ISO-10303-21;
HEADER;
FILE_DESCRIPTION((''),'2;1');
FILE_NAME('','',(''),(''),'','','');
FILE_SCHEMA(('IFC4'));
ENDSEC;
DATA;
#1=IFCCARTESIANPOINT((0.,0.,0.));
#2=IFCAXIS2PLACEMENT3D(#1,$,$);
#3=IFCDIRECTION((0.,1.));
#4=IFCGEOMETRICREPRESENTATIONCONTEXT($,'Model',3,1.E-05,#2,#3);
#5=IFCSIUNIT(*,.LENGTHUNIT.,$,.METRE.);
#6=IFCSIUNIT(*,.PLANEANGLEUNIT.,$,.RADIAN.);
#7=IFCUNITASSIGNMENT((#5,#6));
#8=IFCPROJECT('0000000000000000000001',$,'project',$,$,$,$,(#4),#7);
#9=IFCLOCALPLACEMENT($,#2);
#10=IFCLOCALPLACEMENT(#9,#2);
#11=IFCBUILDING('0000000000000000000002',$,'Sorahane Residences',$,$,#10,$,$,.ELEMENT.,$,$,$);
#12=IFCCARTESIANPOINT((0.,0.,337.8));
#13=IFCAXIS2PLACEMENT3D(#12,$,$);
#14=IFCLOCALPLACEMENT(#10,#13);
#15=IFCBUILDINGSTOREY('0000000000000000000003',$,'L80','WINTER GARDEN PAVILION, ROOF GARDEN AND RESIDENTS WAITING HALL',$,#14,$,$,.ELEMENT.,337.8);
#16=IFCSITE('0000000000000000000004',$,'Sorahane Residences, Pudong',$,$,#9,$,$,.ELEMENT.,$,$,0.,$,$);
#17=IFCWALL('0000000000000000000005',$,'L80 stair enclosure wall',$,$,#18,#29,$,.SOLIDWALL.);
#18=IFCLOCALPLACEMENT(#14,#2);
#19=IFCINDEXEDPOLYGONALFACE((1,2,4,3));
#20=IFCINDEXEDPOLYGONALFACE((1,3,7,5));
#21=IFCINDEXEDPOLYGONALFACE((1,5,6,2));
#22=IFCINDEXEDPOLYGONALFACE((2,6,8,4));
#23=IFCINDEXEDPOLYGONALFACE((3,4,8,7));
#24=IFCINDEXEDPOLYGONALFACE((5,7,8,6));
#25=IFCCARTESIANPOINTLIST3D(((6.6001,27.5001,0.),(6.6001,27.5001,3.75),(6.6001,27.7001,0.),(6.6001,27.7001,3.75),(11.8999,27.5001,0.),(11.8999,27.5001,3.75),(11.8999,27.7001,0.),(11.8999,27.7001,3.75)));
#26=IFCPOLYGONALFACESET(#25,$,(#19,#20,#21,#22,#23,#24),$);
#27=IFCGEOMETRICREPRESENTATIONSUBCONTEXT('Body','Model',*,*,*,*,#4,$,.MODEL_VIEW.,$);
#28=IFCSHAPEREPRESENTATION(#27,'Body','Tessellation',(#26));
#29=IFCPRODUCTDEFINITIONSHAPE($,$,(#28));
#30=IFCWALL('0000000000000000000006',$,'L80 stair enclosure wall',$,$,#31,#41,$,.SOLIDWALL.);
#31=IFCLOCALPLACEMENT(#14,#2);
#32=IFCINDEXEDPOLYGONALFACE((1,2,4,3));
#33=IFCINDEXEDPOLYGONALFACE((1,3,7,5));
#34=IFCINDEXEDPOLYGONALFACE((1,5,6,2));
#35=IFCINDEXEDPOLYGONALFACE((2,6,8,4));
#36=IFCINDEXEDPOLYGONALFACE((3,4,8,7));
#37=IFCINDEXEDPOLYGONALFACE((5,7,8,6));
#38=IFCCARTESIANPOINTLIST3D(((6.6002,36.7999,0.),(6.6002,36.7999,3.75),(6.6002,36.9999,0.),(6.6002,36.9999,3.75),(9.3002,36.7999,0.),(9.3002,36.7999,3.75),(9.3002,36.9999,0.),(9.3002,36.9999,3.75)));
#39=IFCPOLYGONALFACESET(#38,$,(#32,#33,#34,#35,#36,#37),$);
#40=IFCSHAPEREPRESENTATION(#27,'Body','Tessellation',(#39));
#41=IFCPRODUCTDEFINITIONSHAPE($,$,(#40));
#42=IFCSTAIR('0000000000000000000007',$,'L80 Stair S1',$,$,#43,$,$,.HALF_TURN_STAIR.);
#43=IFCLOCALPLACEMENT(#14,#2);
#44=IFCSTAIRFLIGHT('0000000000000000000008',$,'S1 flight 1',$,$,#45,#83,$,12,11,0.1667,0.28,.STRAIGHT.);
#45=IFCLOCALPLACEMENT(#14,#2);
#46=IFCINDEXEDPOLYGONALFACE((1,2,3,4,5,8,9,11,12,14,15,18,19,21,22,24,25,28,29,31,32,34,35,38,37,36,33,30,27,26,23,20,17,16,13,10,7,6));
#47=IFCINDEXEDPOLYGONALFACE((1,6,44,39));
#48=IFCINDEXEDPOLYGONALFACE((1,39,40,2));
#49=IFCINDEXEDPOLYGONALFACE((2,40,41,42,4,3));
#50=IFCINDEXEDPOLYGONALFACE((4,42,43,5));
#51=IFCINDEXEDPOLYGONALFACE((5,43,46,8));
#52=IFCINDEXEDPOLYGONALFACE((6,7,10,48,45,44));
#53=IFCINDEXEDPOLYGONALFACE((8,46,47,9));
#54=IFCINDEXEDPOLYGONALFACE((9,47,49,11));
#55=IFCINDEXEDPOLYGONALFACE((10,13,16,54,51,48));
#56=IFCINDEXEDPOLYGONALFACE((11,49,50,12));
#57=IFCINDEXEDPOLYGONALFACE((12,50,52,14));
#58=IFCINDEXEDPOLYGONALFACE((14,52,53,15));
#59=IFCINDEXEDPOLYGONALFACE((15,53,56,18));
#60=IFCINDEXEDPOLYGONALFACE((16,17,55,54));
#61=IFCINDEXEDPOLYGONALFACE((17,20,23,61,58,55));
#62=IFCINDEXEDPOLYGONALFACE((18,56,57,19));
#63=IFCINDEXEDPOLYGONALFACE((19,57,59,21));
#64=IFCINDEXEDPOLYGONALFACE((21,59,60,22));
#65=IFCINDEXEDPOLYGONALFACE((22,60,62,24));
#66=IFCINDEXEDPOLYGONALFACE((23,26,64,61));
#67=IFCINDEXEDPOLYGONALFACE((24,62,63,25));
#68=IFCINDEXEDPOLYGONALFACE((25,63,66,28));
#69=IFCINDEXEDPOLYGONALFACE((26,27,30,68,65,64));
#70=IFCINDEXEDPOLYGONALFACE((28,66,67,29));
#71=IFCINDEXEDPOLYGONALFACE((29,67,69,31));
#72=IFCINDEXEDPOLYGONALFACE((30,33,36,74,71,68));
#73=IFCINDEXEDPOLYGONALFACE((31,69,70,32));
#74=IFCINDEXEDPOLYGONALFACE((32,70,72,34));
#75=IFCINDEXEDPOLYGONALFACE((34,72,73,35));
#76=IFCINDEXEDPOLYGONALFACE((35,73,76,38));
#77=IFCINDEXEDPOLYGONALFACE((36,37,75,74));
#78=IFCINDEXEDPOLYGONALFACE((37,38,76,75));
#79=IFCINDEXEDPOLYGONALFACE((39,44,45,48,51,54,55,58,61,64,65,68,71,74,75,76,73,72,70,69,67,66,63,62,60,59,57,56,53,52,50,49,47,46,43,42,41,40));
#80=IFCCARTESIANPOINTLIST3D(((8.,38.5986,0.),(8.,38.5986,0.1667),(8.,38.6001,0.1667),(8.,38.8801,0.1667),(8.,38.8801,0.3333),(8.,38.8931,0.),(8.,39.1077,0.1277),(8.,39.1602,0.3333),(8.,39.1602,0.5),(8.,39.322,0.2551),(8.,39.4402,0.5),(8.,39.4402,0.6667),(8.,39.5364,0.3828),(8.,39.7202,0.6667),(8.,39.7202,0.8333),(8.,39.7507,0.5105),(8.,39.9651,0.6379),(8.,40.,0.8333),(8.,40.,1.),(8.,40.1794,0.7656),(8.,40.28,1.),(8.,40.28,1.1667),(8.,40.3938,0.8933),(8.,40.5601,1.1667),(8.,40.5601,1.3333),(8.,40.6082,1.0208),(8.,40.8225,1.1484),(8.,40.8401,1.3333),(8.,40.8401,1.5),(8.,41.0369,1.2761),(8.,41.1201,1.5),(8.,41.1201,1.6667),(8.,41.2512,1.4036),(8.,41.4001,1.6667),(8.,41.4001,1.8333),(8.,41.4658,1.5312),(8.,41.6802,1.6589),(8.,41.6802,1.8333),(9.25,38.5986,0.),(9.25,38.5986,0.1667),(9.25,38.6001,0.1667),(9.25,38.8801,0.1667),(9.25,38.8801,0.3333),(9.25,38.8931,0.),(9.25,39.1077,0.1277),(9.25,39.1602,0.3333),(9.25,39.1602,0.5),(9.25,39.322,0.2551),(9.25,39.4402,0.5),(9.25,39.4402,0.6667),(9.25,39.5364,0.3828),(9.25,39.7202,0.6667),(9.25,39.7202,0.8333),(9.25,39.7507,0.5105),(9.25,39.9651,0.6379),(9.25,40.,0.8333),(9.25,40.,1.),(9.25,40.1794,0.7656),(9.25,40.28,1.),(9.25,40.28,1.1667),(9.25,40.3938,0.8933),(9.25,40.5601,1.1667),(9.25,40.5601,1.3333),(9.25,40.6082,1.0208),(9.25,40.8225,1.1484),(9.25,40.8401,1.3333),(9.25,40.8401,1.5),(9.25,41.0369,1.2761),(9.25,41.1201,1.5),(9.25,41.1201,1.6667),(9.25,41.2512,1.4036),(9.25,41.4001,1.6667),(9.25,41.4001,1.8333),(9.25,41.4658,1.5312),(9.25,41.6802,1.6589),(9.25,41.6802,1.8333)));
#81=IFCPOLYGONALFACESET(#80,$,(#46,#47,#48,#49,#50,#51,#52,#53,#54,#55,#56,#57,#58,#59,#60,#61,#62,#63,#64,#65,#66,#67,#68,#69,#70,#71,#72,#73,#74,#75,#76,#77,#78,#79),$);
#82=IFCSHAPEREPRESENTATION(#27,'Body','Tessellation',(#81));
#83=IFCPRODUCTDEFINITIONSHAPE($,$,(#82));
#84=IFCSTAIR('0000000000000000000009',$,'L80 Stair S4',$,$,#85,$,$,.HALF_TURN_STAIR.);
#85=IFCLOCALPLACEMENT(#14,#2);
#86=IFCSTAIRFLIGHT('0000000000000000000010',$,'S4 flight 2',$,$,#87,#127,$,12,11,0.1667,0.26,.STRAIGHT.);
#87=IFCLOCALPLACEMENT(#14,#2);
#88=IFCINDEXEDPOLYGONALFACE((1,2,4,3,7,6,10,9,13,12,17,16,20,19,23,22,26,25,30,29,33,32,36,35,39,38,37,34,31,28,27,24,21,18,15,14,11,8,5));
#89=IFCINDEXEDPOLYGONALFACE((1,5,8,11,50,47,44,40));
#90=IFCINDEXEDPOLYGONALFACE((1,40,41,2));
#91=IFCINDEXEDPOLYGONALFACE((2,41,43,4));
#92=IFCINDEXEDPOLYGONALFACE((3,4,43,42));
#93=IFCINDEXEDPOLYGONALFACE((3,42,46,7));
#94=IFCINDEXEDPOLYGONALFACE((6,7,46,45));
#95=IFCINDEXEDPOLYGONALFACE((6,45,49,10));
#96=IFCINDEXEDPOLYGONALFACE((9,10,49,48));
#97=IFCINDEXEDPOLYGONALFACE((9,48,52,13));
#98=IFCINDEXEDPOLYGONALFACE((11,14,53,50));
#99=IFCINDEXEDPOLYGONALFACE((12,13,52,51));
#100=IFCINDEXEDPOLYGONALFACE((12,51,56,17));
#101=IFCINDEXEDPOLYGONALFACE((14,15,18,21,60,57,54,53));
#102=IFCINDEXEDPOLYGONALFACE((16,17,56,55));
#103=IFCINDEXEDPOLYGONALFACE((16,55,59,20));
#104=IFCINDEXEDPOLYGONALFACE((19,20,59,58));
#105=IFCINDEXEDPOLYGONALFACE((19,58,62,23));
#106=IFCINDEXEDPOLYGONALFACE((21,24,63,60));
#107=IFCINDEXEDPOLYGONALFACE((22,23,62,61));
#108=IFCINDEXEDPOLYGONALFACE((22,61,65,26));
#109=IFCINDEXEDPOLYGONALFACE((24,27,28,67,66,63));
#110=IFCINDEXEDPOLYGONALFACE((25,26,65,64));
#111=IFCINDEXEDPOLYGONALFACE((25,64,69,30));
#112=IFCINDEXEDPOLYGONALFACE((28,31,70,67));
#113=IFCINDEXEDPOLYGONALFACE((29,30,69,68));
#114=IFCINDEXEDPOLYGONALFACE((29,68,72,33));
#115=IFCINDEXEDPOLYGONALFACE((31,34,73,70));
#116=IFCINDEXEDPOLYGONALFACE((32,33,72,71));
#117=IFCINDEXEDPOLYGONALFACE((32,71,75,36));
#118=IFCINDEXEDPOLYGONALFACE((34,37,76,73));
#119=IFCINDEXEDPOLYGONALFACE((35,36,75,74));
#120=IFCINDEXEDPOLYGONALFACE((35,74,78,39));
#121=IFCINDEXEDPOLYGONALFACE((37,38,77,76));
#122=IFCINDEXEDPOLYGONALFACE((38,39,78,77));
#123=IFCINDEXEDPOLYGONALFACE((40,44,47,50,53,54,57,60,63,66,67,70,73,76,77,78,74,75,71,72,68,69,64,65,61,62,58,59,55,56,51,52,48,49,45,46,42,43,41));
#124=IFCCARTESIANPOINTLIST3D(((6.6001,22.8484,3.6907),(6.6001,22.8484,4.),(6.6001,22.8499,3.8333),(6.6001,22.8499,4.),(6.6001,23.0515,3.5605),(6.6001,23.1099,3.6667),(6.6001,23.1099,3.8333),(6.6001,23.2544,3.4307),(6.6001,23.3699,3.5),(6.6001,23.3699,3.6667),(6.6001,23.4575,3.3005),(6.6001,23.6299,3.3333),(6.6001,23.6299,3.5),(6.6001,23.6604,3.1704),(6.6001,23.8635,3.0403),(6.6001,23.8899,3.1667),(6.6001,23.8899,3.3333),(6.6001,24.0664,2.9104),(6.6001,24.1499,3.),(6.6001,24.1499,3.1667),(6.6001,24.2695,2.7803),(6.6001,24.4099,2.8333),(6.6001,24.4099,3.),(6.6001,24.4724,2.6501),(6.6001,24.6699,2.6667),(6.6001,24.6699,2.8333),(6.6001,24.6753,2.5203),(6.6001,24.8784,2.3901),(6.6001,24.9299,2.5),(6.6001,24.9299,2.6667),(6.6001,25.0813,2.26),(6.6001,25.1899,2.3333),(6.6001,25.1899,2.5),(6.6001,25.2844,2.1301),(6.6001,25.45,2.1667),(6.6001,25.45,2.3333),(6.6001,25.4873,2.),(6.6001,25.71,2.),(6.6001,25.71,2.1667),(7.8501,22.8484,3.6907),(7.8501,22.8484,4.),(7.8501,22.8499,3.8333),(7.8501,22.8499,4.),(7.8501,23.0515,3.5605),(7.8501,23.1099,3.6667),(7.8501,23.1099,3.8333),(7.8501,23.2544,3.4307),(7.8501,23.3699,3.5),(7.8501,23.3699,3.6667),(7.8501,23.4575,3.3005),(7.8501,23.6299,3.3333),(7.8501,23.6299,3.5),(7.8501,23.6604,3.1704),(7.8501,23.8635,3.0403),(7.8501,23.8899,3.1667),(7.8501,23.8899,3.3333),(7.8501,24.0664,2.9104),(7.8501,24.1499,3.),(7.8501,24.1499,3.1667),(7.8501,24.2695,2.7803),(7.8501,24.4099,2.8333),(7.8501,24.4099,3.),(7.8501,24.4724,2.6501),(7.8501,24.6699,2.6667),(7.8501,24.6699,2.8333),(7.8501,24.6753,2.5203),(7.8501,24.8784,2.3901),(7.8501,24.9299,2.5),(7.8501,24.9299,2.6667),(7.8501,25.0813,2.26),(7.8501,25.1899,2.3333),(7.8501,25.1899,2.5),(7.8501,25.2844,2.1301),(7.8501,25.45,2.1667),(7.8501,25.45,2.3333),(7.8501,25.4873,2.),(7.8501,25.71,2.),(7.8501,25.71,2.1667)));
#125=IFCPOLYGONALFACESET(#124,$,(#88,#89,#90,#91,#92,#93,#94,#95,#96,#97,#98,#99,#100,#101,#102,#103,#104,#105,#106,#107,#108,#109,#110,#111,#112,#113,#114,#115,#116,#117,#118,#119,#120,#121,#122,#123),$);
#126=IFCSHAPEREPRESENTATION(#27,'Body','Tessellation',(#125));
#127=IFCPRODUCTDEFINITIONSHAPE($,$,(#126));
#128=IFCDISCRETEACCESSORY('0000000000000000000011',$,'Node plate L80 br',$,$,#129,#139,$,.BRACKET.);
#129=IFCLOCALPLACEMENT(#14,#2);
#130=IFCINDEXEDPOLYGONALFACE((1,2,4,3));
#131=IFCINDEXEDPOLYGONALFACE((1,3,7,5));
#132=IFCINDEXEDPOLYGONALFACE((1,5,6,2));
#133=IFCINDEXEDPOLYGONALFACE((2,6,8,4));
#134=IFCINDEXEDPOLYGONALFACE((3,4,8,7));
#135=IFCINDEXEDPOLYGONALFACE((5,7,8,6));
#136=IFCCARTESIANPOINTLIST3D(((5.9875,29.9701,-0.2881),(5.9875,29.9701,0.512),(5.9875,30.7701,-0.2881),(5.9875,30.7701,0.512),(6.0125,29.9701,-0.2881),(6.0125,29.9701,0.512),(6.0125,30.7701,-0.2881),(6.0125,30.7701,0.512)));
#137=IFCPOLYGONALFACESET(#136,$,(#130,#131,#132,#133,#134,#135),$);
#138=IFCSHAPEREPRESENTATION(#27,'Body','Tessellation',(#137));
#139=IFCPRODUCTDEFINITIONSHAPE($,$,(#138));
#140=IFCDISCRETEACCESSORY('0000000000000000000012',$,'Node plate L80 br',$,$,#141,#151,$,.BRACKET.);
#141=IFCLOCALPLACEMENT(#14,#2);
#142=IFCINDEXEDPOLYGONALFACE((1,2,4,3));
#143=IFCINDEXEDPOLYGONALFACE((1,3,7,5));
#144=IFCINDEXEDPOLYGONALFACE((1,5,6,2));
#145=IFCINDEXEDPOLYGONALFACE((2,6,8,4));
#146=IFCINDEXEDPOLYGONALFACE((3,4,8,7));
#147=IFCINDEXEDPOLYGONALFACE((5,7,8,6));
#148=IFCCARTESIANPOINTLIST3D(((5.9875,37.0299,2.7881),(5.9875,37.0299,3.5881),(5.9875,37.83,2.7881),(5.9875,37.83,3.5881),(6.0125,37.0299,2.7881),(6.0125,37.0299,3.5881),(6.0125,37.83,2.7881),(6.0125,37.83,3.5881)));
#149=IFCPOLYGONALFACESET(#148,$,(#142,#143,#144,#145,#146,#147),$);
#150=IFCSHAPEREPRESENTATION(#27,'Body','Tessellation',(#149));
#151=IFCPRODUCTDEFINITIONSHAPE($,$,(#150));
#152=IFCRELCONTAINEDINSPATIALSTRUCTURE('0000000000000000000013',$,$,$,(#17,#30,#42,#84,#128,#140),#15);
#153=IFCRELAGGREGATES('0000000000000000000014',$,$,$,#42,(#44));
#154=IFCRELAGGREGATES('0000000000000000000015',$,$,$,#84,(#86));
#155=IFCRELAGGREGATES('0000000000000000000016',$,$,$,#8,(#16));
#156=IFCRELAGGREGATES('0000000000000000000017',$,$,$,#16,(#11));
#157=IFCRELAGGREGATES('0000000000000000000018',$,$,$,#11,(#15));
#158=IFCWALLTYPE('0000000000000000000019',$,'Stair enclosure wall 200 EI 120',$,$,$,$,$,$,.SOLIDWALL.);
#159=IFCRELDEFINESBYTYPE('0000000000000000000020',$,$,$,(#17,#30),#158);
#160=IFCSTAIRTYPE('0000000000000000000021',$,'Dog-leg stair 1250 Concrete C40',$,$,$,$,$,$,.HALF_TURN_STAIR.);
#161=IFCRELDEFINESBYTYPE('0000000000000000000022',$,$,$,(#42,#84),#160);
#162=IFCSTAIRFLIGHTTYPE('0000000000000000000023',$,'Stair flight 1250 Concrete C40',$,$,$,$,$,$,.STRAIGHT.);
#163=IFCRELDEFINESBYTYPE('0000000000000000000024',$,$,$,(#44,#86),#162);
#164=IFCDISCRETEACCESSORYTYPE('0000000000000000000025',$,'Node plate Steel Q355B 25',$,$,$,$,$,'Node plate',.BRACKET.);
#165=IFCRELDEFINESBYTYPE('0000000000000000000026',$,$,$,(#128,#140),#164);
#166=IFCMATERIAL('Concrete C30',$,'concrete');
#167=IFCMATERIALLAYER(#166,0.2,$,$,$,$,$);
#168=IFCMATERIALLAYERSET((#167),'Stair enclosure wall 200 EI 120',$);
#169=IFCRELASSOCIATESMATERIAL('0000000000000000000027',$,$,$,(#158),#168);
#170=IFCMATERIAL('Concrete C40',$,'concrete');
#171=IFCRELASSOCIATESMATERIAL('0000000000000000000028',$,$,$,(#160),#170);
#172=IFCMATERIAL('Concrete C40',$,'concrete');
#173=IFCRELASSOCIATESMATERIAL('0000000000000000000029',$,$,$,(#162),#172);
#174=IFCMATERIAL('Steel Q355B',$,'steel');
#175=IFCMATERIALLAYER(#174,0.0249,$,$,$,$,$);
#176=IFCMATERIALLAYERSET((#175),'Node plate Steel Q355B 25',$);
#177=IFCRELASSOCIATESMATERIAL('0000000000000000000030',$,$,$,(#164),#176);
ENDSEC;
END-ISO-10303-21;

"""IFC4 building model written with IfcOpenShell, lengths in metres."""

from ifc_helpers import new_model, si_unit, direction, frame, frame_2d, origin, origin_2d, place, context, subcontext, project, spatial, polyline, rectangle, outline, extrude, material, layer, layer_set, type_object, element, aggregate, save


model = new_model("IFC4")

# Units and contexts
model_context = context("Model", 3, precision=1e-05, world=origin(), true_north=direction((0.0, 1.0)))
body_context = subcontext(model_context, "Body", "Model", "MODEL_VIEW")
ifc_project = project(units=[si_unit("LENGTHUNIT", "METRE"), si_unit("PLANEANGLEUNIT", "RADIAN")], contexts=[model_context])

# Site, building, storey
site_placement = place(None, origin())
site = spatial("IfcSite", under=ifc_project, at=site_placement, Name="Sorahane Residences, Pudong", CompositionType="ELEMENT", RefElevation=0.0)
building_placement = place(site_placement, origin())
building = spatial("IfcBuilding", under=site, at=building_placement, Name="Sorahane Residences", CompositionType="ELEMENT")
storey_placement = place(building_placement, frame((0.0, 0.0, 337.8)))
storey = spatial("IfcBuildingStorey", under=building, at=storey_placement, Name="L80", Description="WINTER GARDEN PAVILION, ROOF GARDEN AND RESIDENTS WAITING HALL", CompositionType="ELEMENT", Elevation=337.8)

# Walls
ifc_material_1 = material(Name="Concrete C30", Category="concrete")
ifc_layer_1 = layer(ifc_material_1, 0.2)
ifc_layer_set_1 = layer_set([ifc_layer_1], Name="Stair enclosure wall 200 EI 120")
wall_type_1 = type_object("IfcWallType", Name="Stair enclosure wall 200 EI 120", PredefinedType="SOLIDWALL", material=ifc_layer_set_1)
wall_1_placement = place(storey_placement, frame((6.6001, 27.6001, 0.0), z_axis=(0.0, 0.0, 1.0), x_axis=(1.0, 0.0, 0.0)))
element("IfcWall", 1, at=wall_1_placement, inside=storey, type_object=wall_type_1, Name="L80 stair enclosure wall", PredefinedType="SOLIDWALL", context=body_context, shape_type="SweptSolid", body=[
    extrude(rectangle(XDim=5.2998, YDim=0.2, at=frame_2d((2.6499, 0.0))), origin(), (0.0, 0.0, 1.0), 3.75),
])
wall_2_placement = place(storey_placement, frame((6.6001, 36.8999, 0.0), z_axis=(0.0, 0.0, 1.0), x_axis=(1.0, 0.0, 0.0)))
element("IfcWall", 2, at=wall_2_placement, inside=storey, type_object=wall_type_1, Name="L80 stair enclosure wall", PredefinedType="SOLIDWALL", context=body_context, shape_type="SweptSolid", body=[
    extrude(rectangle(XDim=2.7, YDim=0.2, at=frame_2d((1.3501, 0.0))), origin(), (0.0, 0.0, 1.0), 3.75),
])

# Stairs, stair flights
ifc_material_2 = material(Name="Concrete C40", Category="concrete")
stair_type = type_object("IfcStairType", Name="Dog-leg stair 1250 Concrete C40", PredefinedType="HALF_TURN_STAIR", material=ifc_material_2)
stair_1_placement = place(storey_placement, origin())
stair_1 = element("IfcStair", 3, at=stair_1_placement, inside=storey, type_object=stair_type, Name="L80 Stair S1", PredefinedType="HALF_TURN_STAIR")
ifc_material_3 = material(Name="Concrete C40", Category="concrete")
stair_flight_type = type_object("IfcStairFlightType", Name="Stair flight 1250 Concrete C40", PredefinedType="STRAIGHT", material=ifc_material_3)
stair_flight_1_placement = place(storey_placement, frame((8.625, 38.6001, 0.0), z_axis=(0.0, 0.0, 1.0), x_axis=(0.0, 1.0, 0.0)))
stair_flight_1 = element("IfcStairFlight", 4, at=stair_flight_1_placement, type_object=stair_flight_type, Name="S1 flight 1", NumberOfRisers=12, NumberOfTreads=11, PredefinedType="STRAIGHT", RiserHeight=0.1667, TreadLength=0.28, context=body_context, shape_type="SweptSolid", body=[
    extrude(outline(polyline([(-0.0015, 0.0), (-0.0015, 0.1667), (0.0, 0.1667), (0.28, 0.1667), (0.28, 0.3333), (0.5601, 0.3333), (0.5601, 0.5), (0.8401, 0.5), (0.8401, 0.6667), (1.1201, 0.6667), (1.1201, 0.8333), (1.3999, 0.8333), (1.3999, 1.0), (1.6799, 1.0), (1.6799, 1.1667), (1.96, 1.1667), (1.96, 1.3333), (2.24, 1.3333), (2.24, 1.5), (2.52, 1.5), (2.52, 1.6667), (2.8, 1.6667), (2.8, 1.8333), (3.0801, 1.8333), (3.0801, 2.0), (3.0801, 1.6589), (2.8657, 1.5312), (2.6511, 1.4036), (2.4368, 1.2761), (2.2224, 1.1484), (2.0081, 1.0208), (1.7937, 0.8933), (1.5793, 0.7656), (1.365, 0.6379), (1.1506, 0.5105), (0.9363, 0.3828), (0.7219, 0.2551), (0.5076, 0.1277), (0.293, 0.0), (-0.0015, 0.0)])), frame((0.0, 0.625, 0.0), z_axis=(0.0, -1.0, 0.0), x_axis=(1.0, 0.0, 0.0)), (0.0, 0.0, 1.0), 1.25),
])
aggregate(stair_1, [stair_flight_1])
stair_2_placement = place(storey_placement, origin())
stair_2 = element("IfcStair", 5, at=stair_2_placement, inside=storey, type_object=stair_type, Name="L80 Stair S4", PredefinedType="HALF_TURN_STAIR")
stair_flight_2_placement = place(storey_placement, frame((7.2251, 25.71, 2.0), z_axis=(0.0, 0.0, 1.0), x_axis=(0.0, -1.0, 0.0)))
stair_flight_2 = element("IfcStairFlight", 6, at=stair_flight_2_placement, type_object=stair_flight_type, Name="S4 flight 2", NumberOfRisers=12, NumberOfTreads=11, PredefinedType="STRAIGHT", RiserHeight=0.1667, TreadLength=0.26, context=body_context, shape_type="SweptSolid", body=[
    extrude(outline(polyline([(0.0, 0.0), (0.0, 0.1667), (0.26, 0.1667), (0.26, 0.3333), (0.52, 0.3333), (0.52, 0.5), (0.78, 0.5), (0.78, 0.6667), (1.04, 0.6667), (1.04, 0.8333), (1.3, 0.8333), (1.3, 1.0), (1.5601, 1.0), (1.5601, 1.1667), (1.8201, 1.1667), (1.8201, 1.3333), (2.0801, 1.3333), (2.0801, 1.5), (2.3401, 1.5), (2.3401, 1.6667), (2.6001, 1.6667), (2.6001, 1.8333), (2.8601, 1.8333), (2.8601, 2.0), (2.8616, 2.0), (2.8616, 1.6907), (2.6584, 1.5605), (2.4556, 1.4307), (2.2524, 1.3005), (2.0496, 1.1704), (1.8464, 1.0403), (1.6436, 0.9104), (1.4404, 0.7803), (1.2375, 0.6501), (1.0347, 0.5203), (0.8315, 0.3901), (0.6287, 0.26), (0.4255, 0.1301), (0.2227, 0.0), (0.0, 0.0)])), frame((0.0, 0.625, 0.0), z_axis=(0.0, -1.0, 0.0), x_axis=(1.0, 0.0, 0.0)), (0.0, 0.0, 1.0), 1.25),
])
aggregate(stair_2, [stair_flight_2])

# Discrete accessories
ifc_material_4 = material(Name="Steel Q355B", Category="steel")
ifc_layer_2 = layer(ifc_material_4, 0.0249)
ifc_layer_set_2 = layer_set([ifc_layer_2], Name="Node plate Steel Q355B 25")
discrete_accessory_type = type_object("IfcDiscreteAccessoryType", Name="Node plate Steel Q355B 25", ElementType="Node plate", PredefinedType="BRACKET", material=ifc_layer_set_2)
for number, where, z_axis, x_axis, name in (
    (7, (6.0, 30.3701, -0.2881), (0.0, 0.0, 1.0), (0.0, 1.0, 0.0), "Node plate L80 br"),
    (8, (6.0, 37.4299, 2.7881), (0.0, 0.0, 1.0), (0.0, 1.0, 0.0), "Node plate L80 br"),
):
    element("IfcDiscreteAccessory", number, at=place(storey_placement, frame(where, z_axis=z_axis, x_axis=x_axis)), inside=storey, type_object=discrete_accessory_type, Name=name, PredefinedType="BRACKET", context=body_context, shape_type="SweptSolid", body=[
        extrude(rectangle(XDim=0.8, YDim=0.0249, at=origin_2d()), origin(), (0.0, 0.0, 1.0), 0.8),
    ])

save(model, "model.ifc")
